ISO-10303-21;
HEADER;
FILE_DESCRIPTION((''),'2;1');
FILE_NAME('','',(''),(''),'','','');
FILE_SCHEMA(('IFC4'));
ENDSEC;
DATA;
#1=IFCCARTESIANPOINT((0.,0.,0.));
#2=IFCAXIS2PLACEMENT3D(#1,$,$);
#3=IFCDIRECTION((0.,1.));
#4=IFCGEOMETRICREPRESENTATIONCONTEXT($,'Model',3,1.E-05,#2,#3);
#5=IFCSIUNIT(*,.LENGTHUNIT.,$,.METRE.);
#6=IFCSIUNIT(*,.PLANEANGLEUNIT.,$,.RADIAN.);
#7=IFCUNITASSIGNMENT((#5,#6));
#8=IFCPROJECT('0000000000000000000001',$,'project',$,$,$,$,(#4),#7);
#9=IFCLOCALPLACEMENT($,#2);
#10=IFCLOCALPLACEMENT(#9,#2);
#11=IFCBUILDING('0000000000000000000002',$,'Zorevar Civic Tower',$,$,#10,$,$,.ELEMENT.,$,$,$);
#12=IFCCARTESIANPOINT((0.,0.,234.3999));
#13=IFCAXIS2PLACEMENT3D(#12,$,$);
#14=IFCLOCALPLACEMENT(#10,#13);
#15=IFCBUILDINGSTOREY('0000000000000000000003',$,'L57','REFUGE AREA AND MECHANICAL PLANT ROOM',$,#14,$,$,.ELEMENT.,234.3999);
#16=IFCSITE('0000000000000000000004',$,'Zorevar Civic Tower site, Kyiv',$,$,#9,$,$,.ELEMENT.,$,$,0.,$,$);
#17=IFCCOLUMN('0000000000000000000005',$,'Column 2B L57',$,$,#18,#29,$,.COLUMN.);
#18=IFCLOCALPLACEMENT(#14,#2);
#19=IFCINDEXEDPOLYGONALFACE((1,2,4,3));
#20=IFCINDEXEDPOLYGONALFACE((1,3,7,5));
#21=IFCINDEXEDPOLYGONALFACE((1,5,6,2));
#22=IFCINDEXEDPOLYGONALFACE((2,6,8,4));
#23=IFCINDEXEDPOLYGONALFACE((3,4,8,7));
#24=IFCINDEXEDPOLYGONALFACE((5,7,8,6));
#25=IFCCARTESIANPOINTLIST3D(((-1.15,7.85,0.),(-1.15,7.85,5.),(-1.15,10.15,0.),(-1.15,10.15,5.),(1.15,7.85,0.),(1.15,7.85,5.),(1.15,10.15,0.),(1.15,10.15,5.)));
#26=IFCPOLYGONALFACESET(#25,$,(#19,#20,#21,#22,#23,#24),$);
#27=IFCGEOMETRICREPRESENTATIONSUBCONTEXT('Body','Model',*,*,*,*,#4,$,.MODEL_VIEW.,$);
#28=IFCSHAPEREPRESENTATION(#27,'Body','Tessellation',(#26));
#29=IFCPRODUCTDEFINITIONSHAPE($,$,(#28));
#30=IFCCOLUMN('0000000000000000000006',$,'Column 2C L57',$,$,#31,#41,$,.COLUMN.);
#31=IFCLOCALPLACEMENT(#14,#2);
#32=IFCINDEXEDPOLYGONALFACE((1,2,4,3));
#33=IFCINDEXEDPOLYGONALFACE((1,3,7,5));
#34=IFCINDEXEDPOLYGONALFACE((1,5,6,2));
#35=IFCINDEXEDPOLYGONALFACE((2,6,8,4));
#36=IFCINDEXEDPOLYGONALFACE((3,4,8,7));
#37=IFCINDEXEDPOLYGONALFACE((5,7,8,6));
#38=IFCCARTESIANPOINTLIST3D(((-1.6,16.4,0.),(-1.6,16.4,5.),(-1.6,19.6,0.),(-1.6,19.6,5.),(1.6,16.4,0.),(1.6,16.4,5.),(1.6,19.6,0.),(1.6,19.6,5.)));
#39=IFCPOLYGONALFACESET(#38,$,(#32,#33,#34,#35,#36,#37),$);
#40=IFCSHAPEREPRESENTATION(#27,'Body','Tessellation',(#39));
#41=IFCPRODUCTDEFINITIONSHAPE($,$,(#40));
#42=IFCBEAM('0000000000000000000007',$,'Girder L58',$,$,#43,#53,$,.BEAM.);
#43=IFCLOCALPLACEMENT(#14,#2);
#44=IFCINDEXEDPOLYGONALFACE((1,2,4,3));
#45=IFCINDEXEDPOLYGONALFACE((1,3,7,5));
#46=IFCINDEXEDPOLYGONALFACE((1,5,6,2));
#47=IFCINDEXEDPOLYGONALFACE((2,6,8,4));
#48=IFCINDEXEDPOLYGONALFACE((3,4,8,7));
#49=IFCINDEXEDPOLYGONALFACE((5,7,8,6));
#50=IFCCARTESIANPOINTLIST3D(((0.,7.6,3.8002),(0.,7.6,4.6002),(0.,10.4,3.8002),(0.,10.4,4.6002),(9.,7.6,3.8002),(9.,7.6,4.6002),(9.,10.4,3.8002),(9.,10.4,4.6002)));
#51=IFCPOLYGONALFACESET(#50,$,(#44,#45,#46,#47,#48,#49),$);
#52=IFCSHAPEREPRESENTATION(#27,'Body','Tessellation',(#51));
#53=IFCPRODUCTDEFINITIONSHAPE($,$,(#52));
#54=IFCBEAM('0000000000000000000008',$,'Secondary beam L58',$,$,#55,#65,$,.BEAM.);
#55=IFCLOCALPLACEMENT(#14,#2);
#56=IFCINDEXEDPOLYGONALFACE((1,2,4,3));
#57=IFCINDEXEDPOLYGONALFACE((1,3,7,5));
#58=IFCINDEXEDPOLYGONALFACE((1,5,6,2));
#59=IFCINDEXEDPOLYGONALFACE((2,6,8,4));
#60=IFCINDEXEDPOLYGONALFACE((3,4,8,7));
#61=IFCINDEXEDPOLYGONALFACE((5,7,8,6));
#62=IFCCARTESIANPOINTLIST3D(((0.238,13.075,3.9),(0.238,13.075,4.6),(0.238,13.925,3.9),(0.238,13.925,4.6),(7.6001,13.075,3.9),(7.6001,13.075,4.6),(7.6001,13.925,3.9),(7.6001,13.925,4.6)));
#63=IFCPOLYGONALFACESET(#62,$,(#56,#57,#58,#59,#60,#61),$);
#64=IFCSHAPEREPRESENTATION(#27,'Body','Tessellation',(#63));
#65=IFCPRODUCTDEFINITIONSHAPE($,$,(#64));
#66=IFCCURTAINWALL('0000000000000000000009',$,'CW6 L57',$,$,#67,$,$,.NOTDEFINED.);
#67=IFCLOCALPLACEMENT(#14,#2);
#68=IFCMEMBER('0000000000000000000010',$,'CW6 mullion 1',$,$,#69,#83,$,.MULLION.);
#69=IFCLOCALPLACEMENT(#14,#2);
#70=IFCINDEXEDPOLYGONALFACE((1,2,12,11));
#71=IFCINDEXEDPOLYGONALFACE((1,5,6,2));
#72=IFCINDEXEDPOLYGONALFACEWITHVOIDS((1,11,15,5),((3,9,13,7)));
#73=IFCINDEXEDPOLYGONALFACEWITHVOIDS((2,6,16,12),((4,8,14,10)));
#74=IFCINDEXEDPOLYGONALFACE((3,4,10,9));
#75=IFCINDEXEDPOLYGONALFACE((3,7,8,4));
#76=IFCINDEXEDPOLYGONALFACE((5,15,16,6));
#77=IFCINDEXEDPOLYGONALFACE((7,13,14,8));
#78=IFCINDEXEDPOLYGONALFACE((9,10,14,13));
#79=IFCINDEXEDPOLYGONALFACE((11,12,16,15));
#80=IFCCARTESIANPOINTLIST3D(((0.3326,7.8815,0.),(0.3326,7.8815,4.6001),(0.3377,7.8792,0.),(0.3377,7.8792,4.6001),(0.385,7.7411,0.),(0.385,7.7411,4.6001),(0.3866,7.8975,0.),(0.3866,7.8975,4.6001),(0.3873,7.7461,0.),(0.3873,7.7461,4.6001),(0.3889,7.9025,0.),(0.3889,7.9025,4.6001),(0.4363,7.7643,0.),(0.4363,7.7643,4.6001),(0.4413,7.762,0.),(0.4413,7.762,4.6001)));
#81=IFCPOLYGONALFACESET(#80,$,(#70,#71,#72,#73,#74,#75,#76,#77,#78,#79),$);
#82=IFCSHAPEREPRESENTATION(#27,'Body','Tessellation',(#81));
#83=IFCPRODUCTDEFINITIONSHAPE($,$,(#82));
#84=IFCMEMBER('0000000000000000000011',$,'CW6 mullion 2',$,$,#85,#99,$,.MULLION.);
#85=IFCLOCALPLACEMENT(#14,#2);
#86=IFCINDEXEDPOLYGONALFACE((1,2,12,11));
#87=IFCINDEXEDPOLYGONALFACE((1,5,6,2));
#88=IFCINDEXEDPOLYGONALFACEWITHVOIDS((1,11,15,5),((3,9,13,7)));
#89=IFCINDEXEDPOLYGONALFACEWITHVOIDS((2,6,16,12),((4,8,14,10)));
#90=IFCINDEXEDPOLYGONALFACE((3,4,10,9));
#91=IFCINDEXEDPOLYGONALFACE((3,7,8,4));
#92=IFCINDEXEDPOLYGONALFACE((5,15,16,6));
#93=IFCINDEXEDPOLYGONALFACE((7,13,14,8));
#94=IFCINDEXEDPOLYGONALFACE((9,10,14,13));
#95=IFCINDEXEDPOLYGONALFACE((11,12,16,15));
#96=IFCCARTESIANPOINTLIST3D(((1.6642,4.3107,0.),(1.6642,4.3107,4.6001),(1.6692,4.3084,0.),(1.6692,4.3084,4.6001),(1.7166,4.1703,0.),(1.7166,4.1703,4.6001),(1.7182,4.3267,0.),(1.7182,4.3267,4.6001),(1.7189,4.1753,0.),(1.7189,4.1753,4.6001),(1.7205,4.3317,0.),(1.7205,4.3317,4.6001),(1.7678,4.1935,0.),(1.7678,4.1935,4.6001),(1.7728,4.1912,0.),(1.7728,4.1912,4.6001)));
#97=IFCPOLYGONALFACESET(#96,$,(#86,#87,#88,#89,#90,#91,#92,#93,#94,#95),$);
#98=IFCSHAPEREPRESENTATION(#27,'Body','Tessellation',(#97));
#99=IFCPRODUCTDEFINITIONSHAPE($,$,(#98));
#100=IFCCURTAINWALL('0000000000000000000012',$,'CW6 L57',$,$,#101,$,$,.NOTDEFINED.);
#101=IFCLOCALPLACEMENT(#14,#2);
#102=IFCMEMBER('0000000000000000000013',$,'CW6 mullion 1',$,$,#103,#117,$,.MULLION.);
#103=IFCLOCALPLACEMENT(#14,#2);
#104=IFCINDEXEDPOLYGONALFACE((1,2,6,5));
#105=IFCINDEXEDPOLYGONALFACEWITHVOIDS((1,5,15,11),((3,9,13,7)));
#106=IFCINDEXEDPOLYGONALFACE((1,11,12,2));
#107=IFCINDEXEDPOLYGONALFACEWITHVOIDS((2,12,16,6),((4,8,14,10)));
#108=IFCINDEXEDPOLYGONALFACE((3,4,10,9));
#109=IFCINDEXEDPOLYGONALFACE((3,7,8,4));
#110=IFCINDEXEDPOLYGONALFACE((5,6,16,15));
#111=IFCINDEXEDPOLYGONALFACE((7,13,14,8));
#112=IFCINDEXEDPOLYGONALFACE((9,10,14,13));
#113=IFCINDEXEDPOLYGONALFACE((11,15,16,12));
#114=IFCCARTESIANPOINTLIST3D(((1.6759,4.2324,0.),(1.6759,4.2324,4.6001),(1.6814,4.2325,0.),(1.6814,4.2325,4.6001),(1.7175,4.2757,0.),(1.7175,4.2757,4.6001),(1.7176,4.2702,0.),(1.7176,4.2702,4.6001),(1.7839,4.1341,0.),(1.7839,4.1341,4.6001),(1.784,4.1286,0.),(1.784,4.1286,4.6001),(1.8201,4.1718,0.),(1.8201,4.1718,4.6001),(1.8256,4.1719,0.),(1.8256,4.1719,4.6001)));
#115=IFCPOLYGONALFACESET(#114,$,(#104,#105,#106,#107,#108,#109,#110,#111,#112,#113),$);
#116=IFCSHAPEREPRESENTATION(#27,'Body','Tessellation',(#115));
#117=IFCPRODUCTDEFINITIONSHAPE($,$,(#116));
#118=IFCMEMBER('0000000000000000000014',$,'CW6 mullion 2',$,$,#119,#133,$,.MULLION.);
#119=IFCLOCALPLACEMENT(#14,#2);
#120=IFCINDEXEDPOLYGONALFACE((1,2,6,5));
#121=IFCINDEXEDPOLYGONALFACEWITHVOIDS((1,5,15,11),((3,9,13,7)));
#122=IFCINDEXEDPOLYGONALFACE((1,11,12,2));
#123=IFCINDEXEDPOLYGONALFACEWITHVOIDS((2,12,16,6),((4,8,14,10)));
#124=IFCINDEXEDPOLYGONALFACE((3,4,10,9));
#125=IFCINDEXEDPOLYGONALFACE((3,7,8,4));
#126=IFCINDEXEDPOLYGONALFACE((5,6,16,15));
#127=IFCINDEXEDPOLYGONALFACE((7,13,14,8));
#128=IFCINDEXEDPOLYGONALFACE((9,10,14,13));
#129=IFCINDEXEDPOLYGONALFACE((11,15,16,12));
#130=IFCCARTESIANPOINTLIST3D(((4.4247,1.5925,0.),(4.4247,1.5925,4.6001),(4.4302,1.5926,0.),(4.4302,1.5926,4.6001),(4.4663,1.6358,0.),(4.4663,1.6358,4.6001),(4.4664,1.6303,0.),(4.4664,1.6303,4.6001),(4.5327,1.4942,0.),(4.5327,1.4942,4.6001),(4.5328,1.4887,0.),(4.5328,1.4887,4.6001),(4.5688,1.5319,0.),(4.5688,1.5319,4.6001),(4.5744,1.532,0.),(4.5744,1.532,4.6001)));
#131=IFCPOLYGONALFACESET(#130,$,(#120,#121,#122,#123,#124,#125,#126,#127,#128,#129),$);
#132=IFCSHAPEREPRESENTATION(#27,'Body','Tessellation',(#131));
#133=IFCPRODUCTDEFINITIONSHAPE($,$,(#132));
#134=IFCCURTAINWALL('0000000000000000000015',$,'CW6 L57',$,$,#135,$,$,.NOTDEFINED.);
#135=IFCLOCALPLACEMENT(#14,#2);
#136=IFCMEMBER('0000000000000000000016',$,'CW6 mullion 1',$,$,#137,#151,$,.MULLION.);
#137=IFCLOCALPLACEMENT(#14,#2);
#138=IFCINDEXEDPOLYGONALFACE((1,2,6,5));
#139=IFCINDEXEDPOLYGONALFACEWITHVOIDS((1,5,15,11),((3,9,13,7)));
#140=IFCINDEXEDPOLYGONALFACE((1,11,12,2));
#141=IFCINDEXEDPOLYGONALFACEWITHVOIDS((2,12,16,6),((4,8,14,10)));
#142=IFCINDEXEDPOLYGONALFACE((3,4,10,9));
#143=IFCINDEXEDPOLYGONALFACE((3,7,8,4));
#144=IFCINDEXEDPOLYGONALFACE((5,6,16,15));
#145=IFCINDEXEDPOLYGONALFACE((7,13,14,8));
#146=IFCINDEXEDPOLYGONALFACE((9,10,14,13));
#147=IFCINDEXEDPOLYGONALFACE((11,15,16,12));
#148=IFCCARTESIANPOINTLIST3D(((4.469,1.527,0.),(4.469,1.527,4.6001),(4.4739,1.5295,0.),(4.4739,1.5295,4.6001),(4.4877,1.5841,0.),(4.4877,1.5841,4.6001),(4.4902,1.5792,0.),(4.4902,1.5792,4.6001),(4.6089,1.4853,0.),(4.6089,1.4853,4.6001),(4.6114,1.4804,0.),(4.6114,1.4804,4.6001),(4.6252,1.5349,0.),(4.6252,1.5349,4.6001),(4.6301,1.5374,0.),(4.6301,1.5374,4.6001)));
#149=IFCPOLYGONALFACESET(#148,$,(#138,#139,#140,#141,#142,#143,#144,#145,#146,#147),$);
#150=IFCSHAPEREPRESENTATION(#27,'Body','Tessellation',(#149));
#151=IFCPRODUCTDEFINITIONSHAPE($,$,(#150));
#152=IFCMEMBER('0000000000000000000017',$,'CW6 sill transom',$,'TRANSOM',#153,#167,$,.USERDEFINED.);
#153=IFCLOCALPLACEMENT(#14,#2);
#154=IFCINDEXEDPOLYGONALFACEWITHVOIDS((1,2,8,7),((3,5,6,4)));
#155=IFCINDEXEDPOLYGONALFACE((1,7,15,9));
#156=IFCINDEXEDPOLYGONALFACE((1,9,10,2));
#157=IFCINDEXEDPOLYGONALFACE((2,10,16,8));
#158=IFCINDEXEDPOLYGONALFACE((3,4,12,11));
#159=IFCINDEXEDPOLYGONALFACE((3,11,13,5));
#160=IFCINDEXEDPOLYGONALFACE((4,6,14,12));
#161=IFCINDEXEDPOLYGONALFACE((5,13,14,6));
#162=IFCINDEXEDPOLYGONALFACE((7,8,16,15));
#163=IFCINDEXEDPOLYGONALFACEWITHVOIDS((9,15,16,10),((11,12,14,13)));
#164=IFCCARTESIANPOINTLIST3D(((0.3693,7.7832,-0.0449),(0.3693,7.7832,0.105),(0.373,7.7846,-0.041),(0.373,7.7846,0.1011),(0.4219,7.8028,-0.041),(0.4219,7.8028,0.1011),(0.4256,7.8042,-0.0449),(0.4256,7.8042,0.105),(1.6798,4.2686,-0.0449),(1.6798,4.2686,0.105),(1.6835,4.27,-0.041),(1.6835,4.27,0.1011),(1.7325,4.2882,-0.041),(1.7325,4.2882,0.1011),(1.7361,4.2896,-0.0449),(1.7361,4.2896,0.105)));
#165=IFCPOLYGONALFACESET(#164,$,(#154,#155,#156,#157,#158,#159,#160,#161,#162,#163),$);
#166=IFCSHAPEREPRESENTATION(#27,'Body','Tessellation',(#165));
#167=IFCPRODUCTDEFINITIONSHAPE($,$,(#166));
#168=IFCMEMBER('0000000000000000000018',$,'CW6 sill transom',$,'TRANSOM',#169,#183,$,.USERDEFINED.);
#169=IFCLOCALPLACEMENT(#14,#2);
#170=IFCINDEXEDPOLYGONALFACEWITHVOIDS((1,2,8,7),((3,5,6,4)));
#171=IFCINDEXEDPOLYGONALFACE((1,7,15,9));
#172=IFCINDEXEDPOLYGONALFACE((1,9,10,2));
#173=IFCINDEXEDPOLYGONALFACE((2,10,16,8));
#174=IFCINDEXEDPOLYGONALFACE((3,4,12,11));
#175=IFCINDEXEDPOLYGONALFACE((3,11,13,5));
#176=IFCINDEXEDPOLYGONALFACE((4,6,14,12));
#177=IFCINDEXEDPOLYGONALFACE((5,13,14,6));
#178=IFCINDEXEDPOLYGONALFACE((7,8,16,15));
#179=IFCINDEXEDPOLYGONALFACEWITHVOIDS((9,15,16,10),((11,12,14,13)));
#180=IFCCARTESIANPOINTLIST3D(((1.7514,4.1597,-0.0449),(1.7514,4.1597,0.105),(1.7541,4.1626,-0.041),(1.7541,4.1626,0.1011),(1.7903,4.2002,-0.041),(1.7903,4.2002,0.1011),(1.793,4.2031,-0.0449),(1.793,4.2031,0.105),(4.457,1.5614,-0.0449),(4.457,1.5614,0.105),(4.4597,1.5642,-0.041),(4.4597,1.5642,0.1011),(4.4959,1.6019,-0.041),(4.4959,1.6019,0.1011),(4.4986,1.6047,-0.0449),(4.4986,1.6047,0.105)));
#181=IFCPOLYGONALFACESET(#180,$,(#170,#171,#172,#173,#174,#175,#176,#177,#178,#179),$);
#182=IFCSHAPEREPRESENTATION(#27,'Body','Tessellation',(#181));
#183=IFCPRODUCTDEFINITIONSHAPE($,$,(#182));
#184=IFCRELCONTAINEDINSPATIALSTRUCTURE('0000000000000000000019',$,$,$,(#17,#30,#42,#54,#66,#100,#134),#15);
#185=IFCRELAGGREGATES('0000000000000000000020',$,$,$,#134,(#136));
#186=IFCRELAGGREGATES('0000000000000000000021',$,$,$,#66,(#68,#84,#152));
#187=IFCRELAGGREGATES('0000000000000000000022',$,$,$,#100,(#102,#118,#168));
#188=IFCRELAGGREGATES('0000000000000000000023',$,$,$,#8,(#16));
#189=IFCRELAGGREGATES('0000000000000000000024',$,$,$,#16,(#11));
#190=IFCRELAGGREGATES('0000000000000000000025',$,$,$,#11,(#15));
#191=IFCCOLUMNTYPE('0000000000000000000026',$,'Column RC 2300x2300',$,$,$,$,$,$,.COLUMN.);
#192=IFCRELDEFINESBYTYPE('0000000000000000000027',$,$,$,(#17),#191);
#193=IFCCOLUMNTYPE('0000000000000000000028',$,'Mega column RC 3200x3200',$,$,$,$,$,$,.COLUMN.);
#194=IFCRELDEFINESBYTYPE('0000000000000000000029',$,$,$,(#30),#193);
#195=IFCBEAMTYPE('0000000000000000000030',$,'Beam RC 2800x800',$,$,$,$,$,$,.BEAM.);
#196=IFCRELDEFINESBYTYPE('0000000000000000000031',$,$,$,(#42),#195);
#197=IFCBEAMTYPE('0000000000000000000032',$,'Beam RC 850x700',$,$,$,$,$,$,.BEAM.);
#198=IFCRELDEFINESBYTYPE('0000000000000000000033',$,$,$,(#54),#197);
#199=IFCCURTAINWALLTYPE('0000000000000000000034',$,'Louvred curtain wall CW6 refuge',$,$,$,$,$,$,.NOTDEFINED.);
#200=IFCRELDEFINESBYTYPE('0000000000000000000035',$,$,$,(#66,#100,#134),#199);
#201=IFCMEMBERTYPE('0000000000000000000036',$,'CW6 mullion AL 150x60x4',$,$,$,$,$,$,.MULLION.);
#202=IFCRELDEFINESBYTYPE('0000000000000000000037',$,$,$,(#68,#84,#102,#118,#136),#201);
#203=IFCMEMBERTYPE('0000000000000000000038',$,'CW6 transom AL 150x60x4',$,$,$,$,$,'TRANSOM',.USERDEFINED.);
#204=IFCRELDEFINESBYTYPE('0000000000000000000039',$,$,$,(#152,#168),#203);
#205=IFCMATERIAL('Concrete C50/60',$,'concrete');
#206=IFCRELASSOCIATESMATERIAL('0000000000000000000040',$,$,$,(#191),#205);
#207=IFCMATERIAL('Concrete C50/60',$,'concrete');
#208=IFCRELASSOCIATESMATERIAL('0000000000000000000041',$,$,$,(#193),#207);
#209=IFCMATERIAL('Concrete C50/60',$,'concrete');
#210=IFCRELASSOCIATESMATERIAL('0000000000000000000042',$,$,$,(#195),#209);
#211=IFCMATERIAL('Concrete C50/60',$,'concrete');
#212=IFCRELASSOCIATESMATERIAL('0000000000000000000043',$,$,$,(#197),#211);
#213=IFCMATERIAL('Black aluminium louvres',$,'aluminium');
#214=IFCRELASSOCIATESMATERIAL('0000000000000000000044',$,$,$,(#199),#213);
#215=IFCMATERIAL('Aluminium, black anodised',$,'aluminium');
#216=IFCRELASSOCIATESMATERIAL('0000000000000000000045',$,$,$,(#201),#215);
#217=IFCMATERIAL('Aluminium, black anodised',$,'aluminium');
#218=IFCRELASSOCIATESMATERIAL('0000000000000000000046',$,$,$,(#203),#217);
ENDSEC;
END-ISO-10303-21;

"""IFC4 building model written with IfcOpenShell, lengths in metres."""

from ifc_helpers import new_model, si_unit, direction, frame, origin, origin_2d, place, context, subcontext, project, spatial, rectangle, hollow_rectangle, extrude, material, material_profile, profile_set, type_object, element, aggregate, save


model = new_model("IFC4")

# Units and contexts
model_context = context("Model", 3, precision=1e-05, world=origin(), true_north=direction((0.0, 1.0)))
body_context = subcontext(model_context, "Body", "Model", "MODEL_VIEW")
ifc_project = project(units=[si_unit("LENGTHUNIT", "METRE"), si_unit("PLANEANGLEUNIT", "RADIAN")], contexts=[model_context])

# Site, building, storey
site_placement = place(None, origin())
site = spatial("IfcSite", under=ifc_project, at=site_placement, Name="Zorevar Civic Tower site, Kyiv", CompositionType="ELEMENT", RefElevation=0.0)
building_placement = place(site_placement, origin())
building = spatial("IfcBuilding", under=site, at=building_placement, Name="Zorevar Civic Tower", CompositionType="ELEMENT")
storey_placement = place(building_placement, frame((0.0, 0.0, 234.3999)))
storey = spatial("IfcBuildingStorey", under=building, at=storey_placement, Name="L57", Description="REFUGE AREA AND MECHANICAL PLANT ROOM", CompositionType="ELEMENT", Elevation=234.3999)

# Columns
ifc_material_1 = material(Name="Concrete C50/60", Category="concrete")
ifc_material_profile_1 = material_profile(ifc_material_1, rectangle(XDim=2.3, YDim=2.3, at=origin_2d()), Name="RC 2300x2300")
ifc_profile_set_1 = profile_set([ifc_material_profile_1], Name="Concrete C50/60")
column_type_1 = type_object("IfcColumnType", Name="Column RC 2300x2300", PredefinedType="COLUMN", material=ifc_profile_set_1)
column_1_placement = place(storey_placement, frame((0.0, 9.0, 0.0), z_axis=(0.0, 0.0, 1.0), x_axis=(1.0, 0.0, 0.0)))
element("IfcColumn", 1, at=column_1_placement, inside=storey, type_object=column_type_1, Name="Column 2B L57", PredefinedType="COLUMN", context=body_context, shape_type="SweptSolid", body=[
    extrude(rectangle(XDim=2.3, YDim=2.3, at=origin_2d()), origin(), (0.0, 0.0, 1.0), 5.0),
])
ifc_material_2 = material(Name="Concrete C50/60", Category="concrete")
ifc_material_profile_2 = material_profile(ifc_material_2, rectangle(XDim=3.2, YDim=3.2, at=origin_2d()), Name="RC 3200x3200")
ifc_profile_set_2 = profile_set([ifc_material_profile_2], Name="Concrete C50/60")
column_type_2 = type_object("IfcColumnType", Name="Mega column RC 3200x3200", PredefinedType="COLUMN", material=ifc_profile_set_2)
column_2_placement = place(storey_placement, frame((0.0, 18.0, 0.0), z_axis=(0.0, 0.0, 1.0), x_axis=(1.0, 0.0, 0.0)))
element("IfcColumn", 2, at=column_2_placement, inside=storey, type_object=column_type_2, Name="Column 2C L57", PredefinedType="COLUMN", context=body_context, shape_type="SweptSolid", body=[
    extrude(rectangle(XDim=3.2, YDim=3.2, at=origin_2d()), origin(), (0.0, 0.0, 1.0), 5.0),
])

# Beams
ifc_material_3 = material(Name="Concrete C50/60", Category="concrete")
ifc_material_profile_3 = material_profile(ifc_material_3, rectangle(XDim=2.8, YDim=0.8, at=origin_2d()), Name="RC 2800x800")
ifc_profile_set_3 = profile_set([ifc_material_profile_3], Name="Concrete C50/60")
beam_type_1 = type_object("IfcBeamType", Name="Beam RC 2800x800", PredefinedType="BEAM", material=ifc_profile_set_3)
beam_1_placement = place(storey_placement, frame((0.0, 9.0, 4.2002), z_axis=(1.0, 0.0, 0.0), x_axis=(0.0, 1.0, 0.0)))
element("IfcBeam", 3, at=beam_1_placement, inside=storey, type_object=beam_type_1, Name="Girder L58", PredefinedType="BEAM", context=body_context, shape_type="SweptSolid", body=[
    extrude(rectangle(XDim=2.8, YDim=0.8, at=origin_2d()), origin(), (0.0, 0.0, 1.0), 9.0),
])
ifc_material_4 = material(Name="Concrete C50/60", Category="concrete")
ifc_material_profile_4 = material_profile(ifc_material_4, rectangle(XDim=0.8501, YDim=0.7, at=origin_2d()), Name="RC 850x700")
ifc_profile_set_4 = profile_set([ifc_material_profile_4], Name="Concrete C50/60")
beam_type_2 = type_object("IfcBeamType", Name="Beam RC 850x700", PredefinedType="BEAM", material=ifc_profile_set_4)
beam_2_placement = place(storey_placement, frame((0.238, 13.5, 4.25), z_axis=(1.0, 0.0, 0.0), x_axis=(0.0, 1.0, 0.0)))
element("IfcBeam", 4, at=beam_2_placement, inside=storey, type_object=beam_type_2, Name="Secondary beam L58", PredefinedType="BEAM", context=body_context, shape_type="SweptSolid", body=[
    extrude(rectangle(XDim=0.8501, YDim=0.7, at=origin_2d()), origin(), (0.0, 0.0, 1.0), 7.3621),
])

# Curtain walls, members
ifc_material_5 = material(Name="Black aluminium louvres", Category="aluminium")
curtain_wall_type = type_object("IfcCurtainWallType", Name="Louvred curtain wall CW6 refuge", PredefinedType="NOTDEFINED", material=ifc_material_5)
curtain_wall_1_placement = place(storey_placement, origin())
curtain_wall_1 = element("IfcCurtainWall", 5, at=curtain_wall_1_placement, inside=storey, type_object=curtain_wall_type, Name="CW6 L57", PredefinedType="NOTDEFINED")
ifc_material_6 = material(Name="Aluminium, black anodised", Category="aluminium")
ifc_material_profile_5 = material_profile(ifc_material_6, hollow_rectangle(XDim=0.0601, YDim=0.1499, WallThickness=0.0039, at=origin_2d()), Name="AL 150x60x4")
ifc_profile_set_5 = profile_set([ifc_material_profile_5], Name="Aluminium, black anodised")
member_type_1 = type_object("IfcMemberType", Name="CW6 mullion AL 150x60x4", PredefinedType="MULLION", material=ifc_profile_set_5)
member_1_placement = place(storey_placement, frame((0.387, 7.8218, 0.0), z_axis=(0.0, 0.0, 1.0), x_axis=(0.936972, 0.349405, 0.0)))
member_1 = element("IfcMember", 6, at=member_1_placement, type_object=member_type_1, Name="CW6 mullion 1", PredefinedType="MULLION", context=body_context, shape_type="SweptSolid", body=[
    extrude(hollow_rectangle(XDim=0.0601, YDim=0.1499, WallThickness=0.0039, at=origin_2d()), origin(), (0.0, 0.0, 1.0), 4.6001),
])
member_2_placement = place(storey_placement, frame((1.7185, 4.251, 0.0), z_axis=(0.0, 0.0, 1.0), x_axis=(0.936972, 0.349405, 0.0)))
member_2 = element("IfcMember", 7, at=member_2_placement, type_object=member_type_1, Name="CW6 mullion 2", PredefinedType="MULLION", context=body_context, shape_type="SweptSolid", body=[
    extrude(hollow_rectangle(XDim=0.0601, YDim=0.1499, WallThickness=0.0039, at=origin_2d()), origin(), (0.0, 0.0, 1.0), 4.6001),
])
curtain_wall_2_placement = place(storey_placement, origin())
curtain_wall_2 = element("IfcCurtainWall", 8, at=curtain_wall_2_placement, inside=storey, type_object=curtain_wall_type, Name="CW6 L57", PredefinedType="NOTDEFINED")
member_3_placement = place(storey_placement, frame((1.7507, 4.2021, 0.0), z_axis=(0.0, 0.0, 1.0), x_axis=(0.692661, 0.721263, 0.0)))
member_3 = element("IfcMember", 9, at=member_3_placement, type_object=member_type_1, Name="CW6 mullion 1", PredefinedType="MULLION", context=body_context, shape_type="SweptSolid", body=[
    extrude(hollow_rectangle(XDim=0.0601, YDim=0.1499, WallThickness=0.0039, at=origin_2d()), origin(), (0.0, 0.0, 1.0), 4.6001),
])
member_4_placement = place(storey_placement, frame((4.4995, 1.5623, 0.0), z_axis=(0.0, 0.0, 1.0), x_axis=(0.692661, 0.721263, 0.0)))
member_4 = element("IfcMember", 10, at=member_4_placement, type_object=member_type_1, Name="CW6 mullion 2", PredefinedType="MULLION", context=body_context, shape_type="SweptSolid", body=[
    extrude(hollow_rectangle(XDim=0.0601, YDim=0.1499, WallThickness=0.0039, at=origin_2d()), origin(), (0.0, 0.0, 1.0), 4.6001),
])

# Curtain wall, member
curtain_wall_3_placement = place(storey_placement, origin())
curtain_wall_3 = element("IfcCurtainWall", 11, at=curtain_wall_3_placement, inside=storey, type_object=curtain_wall_type, Name="CW6 L57", PredefinedType="NOTDEFINED")
member_5_placement = place(storey_placement, frame((4.5496, 1.5322, 0.0), z_axis=(0.0, 0.0, 1.0), x_axis=(0.311169, 0.950354, 0.0)))
member_5 = element("IfcMember", 12, at=member_5_placement, type_object=member_type_1, Name="CW6 mullion 1", PredefinedType="MULLION", context=body_context, shape_type="SweptSolid", body=[
    extrude(hollow_rectangle(XDim=0.0601, YDim=0.1499, WallThickness=0.0039, at=origin_2d()), origin(), (0.0, 0.0, 1.0), 4.6001),
])
aggregate(curtain_wall_3, [member_5])

# Members
ifc_material_7 = material(Name="Aluminium, black anodised", Category="aluminium")
ifc_material_profile_6 = material_profile(ifc_material_7, hollow_rectangle(XDim=0.0601, YDim=0.1499, WallThickness=0.0039, at=origin_2d()), Name="AL 150x60x4")
ifc_profile_set_6 = profile_set([ifc_material_profile_6], Name="Aluminium, black anodised")
member_type_2 = type_object("IfcMemberType", Name="CW6 transom AL 150x60x4", ElementType="TRANSOM", PredefinedType="USERDEFINED", material=ifc_profile_set_6)
member_6_placement = place(storey_placement, frame((0.3975, 7.7937, 0.03), z_axis=(0.349382, -0.93698, 0.0), x_axis=(0.93698, 0.349382, 0.0)))
member_6 = element("IfcMember", 13, at=member_6_placement, type_object=member_type_2, Name="CW6 sill transom", ObjectType="TRANSOM", PredefinedType="USERDEFINED", context=body_context, shape_type="SweptSolid", body=[
    extrude(hollow_rectangle(XDim=0.0601, YDim=0.1499, WallThickness=0.0039, at=origin_2d()), origin(), (0.0, 0.0, 1.0), 3.751),
])
member_7_placement = place(storey_placement, frame((1.7722, 4.1814, 0.03), z_axis=(0.721248, -0.692677, 0.0), x_axis=(0.692677, 0.721248, 0.0)))
member_7 = element("IfcMember", 14, at=member_7_placement, type_object=member_type_2, Name="CW6 sill transom", ObjectType="TRANSOM", PredefinedType="USERDEFINED", context=body_context, shape_type="SweptSolid", body=[
    extrude(hollow_rectangle(XDim=0.0601, YDim=0.1499, WallThickness=0.0039, at=origin_2d()), origin(), (0.0, 0.0, 1.0), 3.7512),
])

aggregate(curtain_wall_1, [member_1, member_2, member_6])
aggregate(curtain_wall_2, [member_3, member_4, member_7])

save(model, "model.ifc")
